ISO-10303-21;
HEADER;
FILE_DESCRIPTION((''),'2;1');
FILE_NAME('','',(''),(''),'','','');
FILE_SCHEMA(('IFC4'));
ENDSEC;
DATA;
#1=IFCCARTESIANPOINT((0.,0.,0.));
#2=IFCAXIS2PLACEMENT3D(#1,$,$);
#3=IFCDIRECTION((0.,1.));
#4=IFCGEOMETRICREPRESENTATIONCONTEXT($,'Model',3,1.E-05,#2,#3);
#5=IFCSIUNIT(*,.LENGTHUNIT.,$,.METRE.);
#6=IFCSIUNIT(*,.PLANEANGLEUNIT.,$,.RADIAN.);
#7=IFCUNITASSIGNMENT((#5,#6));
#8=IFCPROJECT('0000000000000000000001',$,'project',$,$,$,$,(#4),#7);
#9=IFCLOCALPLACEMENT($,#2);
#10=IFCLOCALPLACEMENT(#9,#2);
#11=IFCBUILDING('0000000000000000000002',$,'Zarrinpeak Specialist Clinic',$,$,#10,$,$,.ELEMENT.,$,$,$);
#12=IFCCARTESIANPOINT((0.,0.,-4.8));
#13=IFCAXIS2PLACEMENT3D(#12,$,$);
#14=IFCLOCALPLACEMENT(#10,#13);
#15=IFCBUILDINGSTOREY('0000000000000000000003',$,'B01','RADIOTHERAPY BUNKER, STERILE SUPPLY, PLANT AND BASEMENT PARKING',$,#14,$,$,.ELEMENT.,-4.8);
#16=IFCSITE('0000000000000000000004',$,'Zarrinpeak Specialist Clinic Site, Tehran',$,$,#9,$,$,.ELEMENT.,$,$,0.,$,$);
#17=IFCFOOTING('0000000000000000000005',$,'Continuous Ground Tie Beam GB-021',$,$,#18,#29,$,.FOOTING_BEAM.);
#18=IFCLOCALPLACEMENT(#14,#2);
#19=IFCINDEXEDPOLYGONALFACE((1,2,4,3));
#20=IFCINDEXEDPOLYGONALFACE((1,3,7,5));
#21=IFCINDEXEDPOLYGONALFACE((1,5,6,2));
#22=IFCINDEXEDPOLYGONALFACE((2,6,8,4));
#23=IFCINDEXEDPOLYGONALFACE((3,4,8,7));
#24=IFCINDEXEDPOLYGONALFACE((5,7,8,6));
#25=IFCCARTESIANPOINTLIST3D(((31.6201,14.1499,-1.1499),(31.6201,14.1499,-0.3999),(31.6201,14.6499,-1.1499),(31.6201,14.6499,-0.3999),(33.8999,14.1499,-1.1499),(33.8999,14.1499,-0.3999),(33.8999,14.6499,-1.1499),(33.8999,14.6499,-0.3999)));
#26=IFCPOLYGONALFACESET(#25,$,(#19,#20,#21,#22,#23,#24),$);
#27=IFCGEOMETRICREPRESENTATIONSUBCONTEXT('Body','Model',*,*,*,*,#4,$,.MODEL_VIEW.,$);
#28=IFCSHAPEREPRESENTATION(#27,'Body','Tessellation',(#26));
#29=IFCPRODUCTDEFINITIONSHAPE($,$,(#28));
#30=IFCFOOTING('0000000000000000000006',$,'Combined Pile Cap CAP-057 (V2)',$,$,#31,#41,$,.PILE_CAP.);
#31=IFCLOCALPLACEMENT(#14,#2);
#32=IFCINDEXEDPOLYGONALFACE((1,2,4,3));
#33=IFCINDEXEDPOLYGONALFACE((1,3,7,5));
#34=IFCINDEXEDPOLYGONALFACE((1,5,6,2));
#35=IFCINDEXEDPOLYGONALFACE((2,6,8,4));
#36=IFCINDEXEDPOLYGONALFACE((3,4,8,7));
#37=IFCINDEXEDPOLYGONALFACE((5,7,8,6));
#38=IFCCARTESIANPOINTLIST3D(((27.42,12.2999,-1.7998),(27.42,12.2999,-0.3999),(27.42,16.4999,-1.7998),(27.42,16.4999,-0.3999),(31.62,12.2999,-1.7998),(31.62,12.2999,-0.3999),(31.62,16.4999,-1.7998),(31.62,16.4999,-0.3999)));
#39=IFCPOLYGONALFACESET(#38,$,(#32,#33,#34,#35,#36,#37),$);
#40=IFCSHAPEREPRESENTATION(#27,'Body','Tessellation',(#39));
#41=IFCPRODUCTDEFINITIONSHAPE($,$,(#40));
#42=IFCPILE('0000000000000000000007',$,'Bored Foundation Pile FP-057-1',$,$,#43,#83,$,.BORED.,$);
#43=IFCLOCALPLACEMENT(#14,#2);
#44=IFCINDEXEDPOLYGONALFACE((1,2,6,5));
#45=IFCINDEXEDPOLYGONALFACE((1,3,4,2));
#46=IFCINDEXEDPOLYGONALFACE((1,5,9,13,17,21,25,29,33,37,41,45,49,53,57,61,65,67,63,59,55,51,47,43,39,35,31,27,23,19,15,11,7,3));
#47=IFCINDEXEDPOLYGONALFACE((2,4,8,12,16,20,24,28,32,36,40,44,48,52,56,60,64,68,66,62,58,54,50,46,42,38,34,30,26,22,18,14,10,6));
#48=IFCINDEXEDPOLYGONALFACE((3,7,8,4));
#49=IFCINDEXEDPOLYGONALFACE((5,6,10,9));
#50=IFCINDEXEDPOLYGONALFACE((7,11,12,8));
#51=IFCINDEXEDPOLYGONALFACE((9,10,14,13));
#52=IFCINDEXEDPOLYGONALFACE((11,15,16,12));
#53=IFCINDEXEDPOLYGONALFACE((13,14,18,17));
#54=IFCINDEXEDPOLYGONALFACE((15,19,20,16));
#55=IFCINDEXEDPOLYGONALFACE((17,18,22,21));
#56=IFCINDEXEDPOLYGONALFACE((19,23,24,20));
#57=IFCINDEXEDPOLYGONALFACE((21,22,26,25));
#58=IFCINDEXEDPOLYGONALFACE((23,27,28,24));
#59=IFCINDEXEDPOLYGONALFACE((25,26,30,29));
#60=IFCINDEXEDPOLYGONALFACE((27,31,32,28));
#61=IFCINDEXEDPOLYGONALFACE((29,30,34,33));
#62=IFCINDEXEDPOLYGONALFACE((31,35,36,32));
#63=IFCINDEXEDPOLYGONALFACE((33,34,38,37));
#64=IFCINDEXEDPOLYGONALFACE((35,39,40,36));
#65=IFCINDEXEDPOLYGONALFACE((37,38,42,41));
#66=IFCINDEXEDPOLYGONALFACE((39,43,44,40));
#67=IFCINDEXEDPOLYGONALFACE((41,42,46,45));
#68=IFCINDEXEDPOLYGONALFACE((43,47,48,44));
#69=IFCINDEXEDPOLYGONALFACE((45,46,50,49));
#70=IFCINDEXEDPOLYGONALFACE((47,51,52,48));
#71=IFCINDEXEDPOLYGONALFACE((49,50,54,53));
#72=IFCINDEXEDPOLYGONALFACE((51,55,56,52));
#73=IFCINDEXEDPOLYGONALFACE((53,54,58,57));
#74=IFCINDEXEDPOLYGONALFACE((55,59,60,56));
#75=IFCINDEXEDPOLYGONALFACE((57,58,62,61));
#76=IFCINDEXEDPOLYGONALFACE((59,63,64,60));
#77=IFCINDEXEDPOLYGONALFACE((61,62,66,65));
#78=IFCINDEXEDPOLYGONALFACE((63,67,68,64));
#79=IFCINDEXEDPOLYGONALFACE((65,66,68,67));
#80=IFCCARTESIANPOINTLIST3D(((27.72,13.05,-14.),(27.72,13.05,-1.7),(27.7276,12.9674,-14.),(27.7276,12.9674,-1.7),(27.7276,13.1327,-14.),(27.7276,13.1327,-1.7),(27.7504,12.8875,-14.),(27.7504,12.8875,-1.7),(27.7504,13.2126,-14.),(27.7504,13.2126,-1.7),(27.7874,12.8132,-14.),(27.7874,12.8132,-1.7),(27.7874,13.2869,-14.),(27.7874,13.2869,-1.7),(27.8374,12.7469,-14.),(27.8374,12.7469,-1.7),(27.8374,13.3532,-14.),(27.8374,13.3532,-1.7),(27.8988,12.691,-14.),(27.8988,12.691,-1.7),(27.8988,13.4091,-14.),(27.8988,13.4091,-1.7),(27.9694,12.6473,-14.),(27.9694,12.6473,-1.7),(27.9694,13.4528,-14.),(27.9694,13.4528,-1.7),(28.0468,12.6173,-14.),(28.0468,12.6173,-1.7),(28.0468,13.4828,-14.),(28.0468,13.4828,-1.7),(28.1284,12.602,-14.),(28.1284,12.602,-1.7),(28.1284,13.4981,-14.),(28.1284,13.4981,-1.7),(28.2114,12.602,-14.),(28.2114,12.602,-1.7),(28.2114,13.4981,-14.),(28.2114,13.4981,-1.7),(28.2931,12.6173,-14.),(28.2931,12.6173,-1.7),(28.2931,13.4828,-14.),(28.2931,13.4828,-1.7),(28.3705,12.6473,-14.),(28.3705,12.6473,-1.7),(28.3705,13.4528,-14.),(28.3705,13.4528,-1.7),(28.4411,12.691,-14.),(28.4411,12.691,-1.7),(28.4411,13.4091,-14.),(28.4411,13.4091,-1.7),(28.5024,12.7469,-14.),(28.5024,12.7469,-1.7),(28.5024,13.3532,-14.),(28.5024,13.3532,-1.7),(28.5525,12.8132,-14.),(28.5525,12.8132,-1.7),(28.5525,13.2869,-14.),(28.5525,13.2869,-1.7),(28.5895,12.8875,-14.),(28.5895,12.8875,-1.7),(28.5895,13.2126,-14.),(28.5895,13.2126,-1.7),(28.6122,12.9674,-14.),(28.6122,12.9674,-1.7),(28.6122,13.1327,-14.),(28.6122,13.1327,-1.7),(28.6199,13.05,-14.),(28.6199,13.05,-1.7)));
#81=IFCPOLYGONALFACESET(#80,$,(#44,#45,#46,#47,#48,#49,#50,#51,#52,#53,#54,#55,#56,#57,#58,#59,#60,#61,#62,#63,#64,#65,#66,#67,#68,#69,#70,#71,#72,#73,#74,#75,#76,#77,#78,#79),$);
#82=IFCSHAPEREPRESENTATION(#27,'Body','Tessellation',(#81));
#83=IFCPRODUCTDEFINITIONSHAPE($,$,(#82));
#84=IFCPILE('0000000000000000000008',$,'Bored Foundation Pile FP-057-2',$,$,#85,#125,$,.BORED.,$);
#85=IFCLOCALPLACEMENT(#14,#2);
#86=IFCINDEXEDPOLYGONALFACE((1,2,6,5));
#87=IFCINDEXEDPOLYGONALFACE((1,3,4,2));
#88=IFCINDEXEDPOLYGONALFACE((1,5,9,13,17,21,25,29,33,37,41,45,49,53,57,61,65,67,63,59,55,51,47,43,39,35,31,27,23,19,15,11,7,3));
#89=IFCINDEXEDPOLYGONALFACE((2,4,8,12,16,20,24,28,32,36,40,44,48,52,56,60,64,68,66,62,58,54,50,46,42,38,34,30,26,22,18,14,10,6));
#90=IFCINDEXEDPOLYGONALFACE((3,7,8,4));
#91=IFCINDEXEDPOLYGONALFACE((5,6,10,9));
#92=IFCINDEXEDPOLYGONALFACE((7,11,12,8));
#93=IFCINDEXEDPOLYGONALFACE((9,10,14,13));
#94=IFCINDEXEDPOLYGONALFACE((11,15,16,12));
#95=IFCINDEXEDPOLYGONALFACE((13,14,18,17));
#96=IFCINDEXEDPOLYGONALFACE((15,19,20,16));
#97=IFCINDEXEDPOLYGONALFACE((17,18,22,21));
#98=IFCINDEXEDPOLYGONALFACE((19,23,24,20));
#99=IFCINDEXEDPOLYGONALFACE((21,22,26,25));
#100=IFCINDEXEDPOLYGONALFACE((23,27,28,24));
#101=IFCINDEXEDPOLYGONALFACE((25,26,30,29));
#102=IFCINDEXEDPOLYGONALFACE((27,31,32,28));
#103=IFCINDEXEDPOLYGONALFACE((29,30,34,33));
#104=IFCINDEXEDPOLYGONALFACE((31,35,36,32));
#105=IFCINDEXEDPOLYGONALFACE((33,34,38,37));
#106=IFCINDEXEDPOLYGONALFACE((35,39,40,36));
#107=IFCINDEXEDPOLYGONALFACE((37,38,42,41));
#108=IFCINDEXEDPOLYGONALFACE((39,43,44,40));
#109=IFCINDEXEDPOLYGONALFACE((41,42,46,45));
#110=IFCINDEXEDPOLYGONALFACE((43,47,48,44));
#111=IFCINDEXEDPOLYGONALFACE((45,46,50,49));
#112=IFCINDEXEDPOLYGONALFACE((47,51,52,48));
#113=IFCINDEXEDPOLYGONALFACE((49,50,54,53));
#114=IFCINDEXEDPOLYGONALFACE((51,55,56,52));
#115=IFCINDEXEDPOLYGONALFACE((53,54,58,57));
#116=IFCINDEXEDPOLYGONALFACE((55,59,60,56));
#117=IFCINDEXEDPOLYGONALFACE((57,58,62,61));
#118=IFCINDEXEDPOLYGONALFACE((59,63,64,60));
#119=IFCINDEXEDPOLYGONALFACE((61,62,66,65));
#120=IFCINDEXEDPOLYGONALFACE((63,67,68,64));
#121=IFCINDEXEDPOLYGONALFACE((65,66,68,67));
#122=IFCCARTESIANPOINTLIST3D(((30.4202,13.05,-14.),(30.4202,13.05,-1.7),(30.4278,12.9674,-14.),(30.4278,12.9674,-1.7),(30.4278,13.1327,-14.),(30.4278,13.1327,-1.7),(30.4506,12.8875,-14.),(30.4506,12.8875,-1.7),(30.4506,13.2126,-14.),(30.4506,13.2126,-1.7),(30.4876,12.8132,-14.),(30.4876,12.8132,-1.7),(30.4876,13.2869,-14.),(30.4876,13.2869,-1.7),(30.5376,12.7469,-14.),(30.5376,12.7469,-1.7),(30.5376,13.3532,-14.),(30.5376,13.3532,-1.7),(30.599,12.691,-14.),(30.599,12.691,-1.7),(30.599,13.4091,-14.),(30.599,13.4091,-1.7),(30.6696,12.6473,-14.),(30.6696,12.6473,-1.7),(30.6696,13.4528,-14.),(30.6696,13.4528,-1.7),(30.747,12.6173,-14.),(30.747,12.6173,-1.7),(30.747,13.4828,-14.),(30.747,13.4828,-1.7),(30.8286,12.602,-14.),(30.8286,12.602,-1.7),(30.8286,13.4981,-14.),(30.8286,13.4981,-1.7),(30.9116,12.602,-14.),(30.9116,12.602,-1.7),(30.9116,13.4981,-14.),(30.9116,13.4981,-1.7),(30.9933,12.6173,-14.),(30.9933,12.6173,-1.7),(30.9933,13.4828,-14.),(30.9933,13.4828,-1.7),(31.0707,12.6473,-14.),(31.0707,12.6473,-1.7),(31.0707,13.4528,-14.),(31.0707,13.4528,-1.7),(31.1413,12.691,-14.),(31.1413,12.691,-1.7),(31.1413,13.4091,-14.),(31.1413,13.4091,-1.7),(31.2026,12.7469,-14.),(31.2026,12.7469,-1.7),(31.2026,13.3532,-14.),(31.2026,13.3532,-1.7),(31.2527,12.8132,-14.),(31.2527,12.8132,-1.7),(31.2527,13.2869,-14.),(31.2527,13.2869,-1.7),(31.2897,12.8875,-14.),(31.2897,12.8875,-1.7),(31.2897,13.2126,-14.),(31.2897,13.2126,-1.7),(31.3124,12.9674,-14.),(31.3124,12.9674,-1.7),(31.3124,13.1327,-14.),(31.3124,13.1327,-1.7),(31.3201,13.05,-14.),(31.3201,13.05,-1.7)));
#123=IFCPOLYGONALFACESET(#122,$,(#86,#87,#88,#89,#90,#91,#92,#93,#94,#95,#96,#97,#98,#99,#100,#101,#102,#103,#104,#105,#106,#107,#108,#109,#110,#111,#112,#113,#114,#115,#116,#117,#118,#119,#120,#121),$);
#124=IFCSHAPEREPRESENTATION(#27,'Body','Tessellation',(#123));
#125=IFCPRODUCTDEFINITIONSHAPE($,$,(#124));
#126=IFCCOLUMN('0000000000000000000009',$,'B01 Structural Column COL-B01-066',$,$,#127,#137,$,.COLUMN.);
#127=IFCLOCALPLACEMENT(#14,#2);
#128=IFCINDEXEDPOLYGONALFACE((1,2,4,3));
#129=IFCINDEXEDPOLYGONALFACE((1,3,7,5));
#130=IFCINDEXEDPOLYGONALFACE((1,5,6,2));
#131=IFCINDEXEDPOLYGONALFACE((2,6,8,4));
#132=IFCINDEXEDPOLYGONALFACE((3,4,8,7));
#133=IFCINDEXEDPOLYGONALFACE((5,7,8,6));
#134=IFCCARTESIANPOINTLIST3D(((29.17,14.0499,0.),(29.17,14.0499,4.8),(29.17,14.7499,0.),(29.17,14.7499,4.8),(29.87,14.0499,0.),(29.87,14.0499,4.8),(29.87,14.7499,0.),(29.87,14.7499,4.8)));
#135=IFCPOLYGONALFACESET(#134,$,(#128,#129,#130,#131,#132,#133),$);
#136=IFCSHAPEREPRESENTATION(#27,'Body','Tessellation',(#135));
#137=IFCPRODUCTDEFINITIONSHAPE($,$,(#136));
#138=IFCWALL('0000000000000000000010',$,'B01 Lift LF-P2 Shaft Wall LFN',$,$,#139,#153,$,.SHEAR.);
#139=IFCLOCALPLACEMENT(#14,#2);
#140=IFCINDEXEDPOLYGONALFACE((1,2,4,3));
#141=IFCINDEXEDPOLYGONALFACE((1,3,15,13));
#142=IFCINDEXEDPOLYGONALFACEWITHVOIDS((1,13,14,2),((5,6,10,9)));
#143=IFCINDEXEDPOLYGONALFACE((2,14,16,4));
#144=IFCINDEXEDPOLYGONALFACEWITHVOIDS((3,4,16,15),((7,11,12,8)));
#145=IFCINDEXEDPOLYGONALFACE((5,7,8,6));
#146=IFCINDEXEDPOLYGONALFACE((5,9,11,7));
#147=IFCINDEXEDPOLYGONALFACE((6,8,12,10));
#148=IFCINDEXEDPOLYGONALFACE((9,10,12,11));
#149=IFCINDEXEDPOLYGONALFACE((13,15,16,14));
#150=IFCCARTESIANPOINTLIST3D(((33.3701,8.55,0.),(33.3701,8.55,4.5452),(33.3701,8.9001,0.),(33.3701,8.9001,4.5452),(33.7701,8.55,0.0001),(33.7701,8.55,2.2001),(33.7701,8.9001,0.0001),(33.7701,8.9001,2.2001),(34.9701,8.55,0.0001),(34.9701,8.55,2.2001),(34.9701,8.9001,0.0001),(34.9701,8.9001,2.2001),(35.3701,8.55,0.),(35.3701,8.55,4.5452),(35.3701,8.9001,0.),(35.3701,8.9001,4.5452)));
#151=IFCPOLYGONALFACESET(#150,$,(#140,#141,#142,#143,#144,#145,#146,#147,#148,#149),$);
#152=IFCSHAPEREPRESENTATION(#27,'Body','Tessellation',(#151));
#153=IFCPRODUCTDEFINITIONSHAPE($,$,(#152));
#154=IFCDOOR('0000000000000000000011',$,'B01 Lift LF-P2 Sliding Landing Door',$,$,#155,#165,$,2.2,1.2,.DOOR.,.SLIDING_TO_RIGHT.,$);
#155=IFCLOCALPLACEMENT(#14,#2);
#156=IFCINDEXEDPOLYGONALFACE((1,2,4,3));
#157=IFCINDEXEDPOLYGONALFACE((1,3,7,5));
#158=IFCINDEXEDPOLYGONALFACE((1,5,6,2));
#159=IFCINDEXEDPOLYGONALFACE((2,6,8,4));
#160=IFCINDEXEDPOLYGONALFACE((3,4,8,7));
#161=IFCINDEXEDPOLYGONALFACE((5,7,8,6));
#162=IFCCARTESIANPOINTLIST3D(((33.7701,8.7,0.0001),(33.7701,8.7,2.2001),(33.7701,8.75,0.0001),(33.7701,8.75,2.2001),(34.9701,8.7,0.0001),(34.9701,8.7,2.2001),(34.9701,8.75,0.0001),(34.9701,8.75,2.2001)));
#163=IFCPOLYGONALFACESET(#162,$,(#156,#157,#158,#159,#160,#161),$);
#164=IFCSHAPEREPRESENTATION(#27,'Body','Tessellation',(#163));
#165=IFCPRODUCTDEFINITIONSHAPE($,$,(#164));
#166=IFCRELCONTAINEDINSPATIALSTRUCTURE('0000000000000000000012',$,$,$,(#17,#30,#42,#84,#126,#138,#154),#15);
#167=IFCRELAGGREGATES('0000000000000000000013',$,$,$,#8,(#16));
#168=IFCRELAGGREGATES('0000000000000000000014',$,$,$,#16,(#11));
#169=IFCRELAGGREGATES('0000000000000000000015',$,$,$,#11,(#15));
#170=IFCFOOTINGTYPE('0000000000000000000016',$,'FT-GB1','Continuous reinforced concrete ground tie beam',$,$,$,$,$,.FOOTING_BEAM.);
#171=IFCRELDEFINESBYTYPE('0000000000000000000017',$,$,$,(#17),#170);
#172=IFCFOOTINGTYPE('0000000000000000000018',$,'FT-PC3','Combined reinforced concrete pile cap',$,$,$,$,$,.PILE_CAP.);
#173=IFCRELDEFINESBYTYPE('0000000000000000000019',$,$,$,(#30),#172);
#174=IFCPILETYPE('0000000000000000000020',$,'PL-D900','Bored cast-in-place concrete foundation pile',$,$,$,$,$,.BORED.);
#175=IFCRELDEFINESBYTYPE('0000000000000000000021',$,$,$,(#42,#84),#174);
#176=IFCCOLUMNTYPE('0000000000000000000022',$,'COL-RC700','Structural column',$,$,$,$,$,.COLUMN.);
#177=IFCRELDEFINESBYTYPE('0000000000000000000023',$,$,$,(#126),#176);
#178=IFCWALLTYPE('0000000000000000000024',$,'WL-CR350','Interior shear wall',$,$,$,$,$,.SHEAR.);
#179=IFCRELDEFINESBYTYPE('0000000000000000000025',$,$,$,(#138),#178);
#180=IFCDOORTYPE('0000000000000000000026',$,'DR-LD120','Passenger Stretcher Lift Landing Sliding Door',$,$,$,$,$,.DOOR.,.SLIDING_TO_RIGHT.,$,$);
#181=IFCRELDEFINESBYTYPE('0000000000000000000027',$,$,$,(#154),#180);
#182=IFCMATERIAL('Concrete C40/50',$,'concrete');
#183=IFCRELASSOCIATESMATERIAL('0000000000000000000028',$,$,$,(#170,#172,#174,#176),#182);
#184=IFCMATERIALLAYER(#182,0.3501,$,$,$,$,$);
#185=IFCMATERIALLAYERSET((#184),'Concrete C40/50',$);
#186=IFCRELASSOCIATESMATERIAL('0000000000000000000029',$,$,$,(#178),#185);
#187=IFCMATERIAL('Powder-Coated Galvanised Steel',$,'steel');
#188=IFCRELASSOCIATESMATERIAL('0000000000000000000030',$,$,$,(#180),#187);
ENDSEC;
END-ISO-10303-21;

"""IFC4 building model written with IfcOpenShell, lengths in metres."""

from ifc_helpers import new_model, si_unit, direction, frame, frame_2d, origin, origin_2d, place, context, subcontext, project, spatial, rectangle, circle, extrude, material, layer, layer_set, material_profile, profile_set, type_object, element, fill, save


model = new_model("IFC4")

# Units and contexts
model_context = context("Model", 3, precision=1e-05, world=origin(), true_north=direction((0.0, 1.0)))
body_context = subcontext(model_context, "Body", "Model", "MODEL_VIEW")
ifc_project = project(units=[si_unit("LENGTHUNIT", "METRE"), si_unit("PLANEANGLEUNIT", "RADIAN")], contexts=[model_context])

# Site, building, storey
site_placement = place(None, origin())
site = spatial("IfcSite", under=ifc_project, at=site_placement, Name="Zarrinpeak Specialist Clinic Site, Tehran", CompositionType="ELEMENT", RefElevation=0.0)
building_placement = place(site_placement, origin())
building = spatial("IfcBuilding", under=site, at=building_placement, Name="Zarrinpeak Specialist Clinic", CompositionType="ELEMENT")
storey_placement = place(building_placement, frame((0.0, 0.0, -4.8)))
storey = spatial("IfcBuildingStorey", under=building, at=storey_placement, Name="B01", Description="RADIOTHERAPY BUNKER, STERILE SUPPLY, PLANT AND BASEMENT PARKING", CompositionType="ELEMENT", Elevation=-4.8)

# Footings
ifc_material_1 = material(Name="Concrete C40/50", Category="concrete")
ifc_material_profile_1 = material_profile(ifc_material_1, rectangle(XDim=0.5, YDim=0.75, at=origin_2d()), Name="RC 500x750")
ifc_profile_set_1 = profile_set([ifc_material_profile_1], Name="Concrete C40/50")
footing_type_1 = type_object("IfcFootingType", Name="FT-GB1", Description="Continuous reinforced concrete ground tie beam", PredefinedType="FOOTING_BEAM", material=ifc_profile_set_1)
footing_1_placement = place(storey_placement, frame((31.6201, 14.3999, -0.7749), z_axis=(1.0, 0.0, 0.0), x_axis=(0.0, 1.0, 0.0)))
element("IfcFooting", 1, at=footing_1_placement, inside=storey, type_object=footing_type_1, Name="Continuous Ground Tie Beam GB-021", PredefinedType="FOOTING_BEAM", context=body_context, shape_type="SweptSolid", body=[
    extrude(rectangle(XDim=0.5, YDim=0.75, at=origin_2d()), origin(), (0.0, 0.0, 1.0), 2.2798),
])
footing_type_2 = type_object("IfcFootingType", Name="FT-PC3", Description="Combined reinforced concrete pile cap", PredefinedType="PILE_CAP", material=ifc_material_1)
footing_2_placement = place(storey_placement, frame((29.52, 14.3999, -1.7998), z_axis=(0.0, 0.0, 1.0), x_axis=(1.0, 0.0, 0.0)))
element("IfcFooting", 2, at=footing_2_placement, inside=storey, type_object=footing_type_2, Name="Combined Pile Cap CAP-057 (V2)", PredefinedType="PILE_CAP", context=body_context, shape_type="SweptSolid", body=[
    extrude(rectangle(XDim=4.2, YDim=4.2, at=origin_2d()), origin(), (0.0, 0.0, 1.0), 1.3999),
])

# Piles
ifc_material_profile_2 = material_profile(ifc_material_1, circle(Radius=0.45, at=origin_2d()), Name="BORED PILE D900")
ifc_profile_set_2 = profile_set([ifc_material_profile_2], Name="Concrete C40/50")
pile_type = type_object("IfcPileType", Name="PL-D900", Description="Bored cast-in-place concrete foundation pile", PredefinedType="BORED", material=ifc_profile_set_2)
for number, where, z_axis, x_axis, name in (
    (3, (28.1699, 13.05, -1.7), (0.0, 0.0, -1.0), (1.0, 0.0, 0.0), "Bored Foundation Pile FP-057-1"),
    (4, (30.8701, 13.05, -1.7), (0.0, 0.0, -1.0), (1.0, 0.0, 0.0), "Bored Foundation Pile FP-057-2"),
):
    element("IfcPile", number, at=place(storey_placement, frame(where, z_axis=z_axis, x_axis=x_axis)), inside=storey, type_object=pile_type, Name=name, PredefinedType="BORED", context=body_context, shape_type="SweptSolid", body=[
        extrude(circle(Radius=0.45, at=origin_2d()), origin(), (0.0, 0.0, 1.0), 12.3),
    ])

# Column
ifc_material_profile_3 = material_profile(ifc_material_1, rectangle(XDim=0.7, YDim=0.7, at=origin_2d()), Name="RC 700x700")
ifc_profile_set_3 = profile_set([ifc_material_profile_3], Name="Concrete C40/50")
column_type = type_object("IfcColumnType", Name="COL-RC700", Description="Structural column", PredefinedType="COLUMN", material=ifc_profile_set_3)
column_placement = place(storey_placement, frame((29.52, 14.3999, 0.0), z_axis=(0.0, 0.0, 1.0), x_axis=(1.0, 0.0, 0.0)))
element("IfcColumn", 5, at=column_placement, inside=storey, type_object=column_type, Name="B01 Structural Column COL-B01-066", PredefinedType="COLUMN", context=body_context, shape_type="SweptSolid", body=[
    extrude(rectangle(XDim=0.7, YDim=0.7, at=origin_2d()), origin(), (0.0, 0.0, 1.0), 4.8),
])

# Wall, opening, door
ifc_layer_1 = layer(ifc_material_1, 0.3501)
ifc_layer_set_1 = layer_set([ifc_layer_1], Name="Concrete C40/50")
wall_type_1 = type_object("IfcWallType", Name="WL-CR350", Description="Interior shear wall", PredefinedType="SHEAR", material=ifc_layer_set_1)
ifc_material_2 = material(Name="Powder-Coated Galvanised Steel", Category="steel")
wall_1_placement = place(storey_placement, frame((33.3701, 8.7251, 0.0), z_axis=(0.0, 0.0, 1.0), x_axis=(1.0, 0.0, 0.0)))
wall_1 = element("IfcWall", 6, at=wall_1_placement, inside=storey, type_object=wall_type_1, Name="B01 Lift LF-P2 Shaft Wall LFN", PredefinedType="SHEAR", context=body_context, shape_type="SweptSolid", body=[
    extrude(rectangle(XDim=2.0, YDim=0.3501, at=frame_2d((1.0, 0.0))), origin(), (0.0, 0.0, 1.0), 4.5452),
])
opening_1_placement = place(wall_1_placement, frame((0.3999, 0.0, 0.0)))
opening_1 = element("IfcOpeningElement", 7, at=opening_1_placement, cuts=wall_1, PredefinedType="OPENING", context=body_context, shape_type="SweptSolid", body=[
    extrude(rectangle(XDim=1.2, YDim=2.2, at=frame_2d((0.6001, 1.1001))), frame((0.0, 0.1851, 0.0), z_axis=(0.0, -1.0, 0.0), x_axis=(1.0, 0.0, 0.0)), (0.0, 0.0, 1.0), 0.3701),
])
door_type_1 = type_object("IfcDoorType", Name="DR-LD120", Description="Passenger Stretcher Lift Landing Sliding Door", OperationType="SLIDING_TO_RIGHT", PredefinedType="DOOR", material=ifc_material_2)
door_1_placement = place(opening_1_placement, origin())
door_1 = element("IfcDoor", 8, at=door_1_placement, inside=storey, type_object=door_type_1, Name="B01 Lift LF-P2 Sliding Landing Door", OperationType="SLIDING_TO_RIGHT", OverallHeight=2.2, OverallWidth=1.2, PredefinedType="DOOR", context=body_context, shape_type="SweptSolid", body=[
    extrude(rectangle(XDim=1.2, YDim=2.2, at=frame_2d((0.6001, 1.1001))), frame((0.0, 0.0249, 0.0), z_axis=(0.0, -1.0, 0.0), x_axis=(1.0, 0.0, 0.0)), (0.0, 0.0, 1.0), 0.05),
])
fill(opening_1, door_1)

save(model, "model.ifc")
